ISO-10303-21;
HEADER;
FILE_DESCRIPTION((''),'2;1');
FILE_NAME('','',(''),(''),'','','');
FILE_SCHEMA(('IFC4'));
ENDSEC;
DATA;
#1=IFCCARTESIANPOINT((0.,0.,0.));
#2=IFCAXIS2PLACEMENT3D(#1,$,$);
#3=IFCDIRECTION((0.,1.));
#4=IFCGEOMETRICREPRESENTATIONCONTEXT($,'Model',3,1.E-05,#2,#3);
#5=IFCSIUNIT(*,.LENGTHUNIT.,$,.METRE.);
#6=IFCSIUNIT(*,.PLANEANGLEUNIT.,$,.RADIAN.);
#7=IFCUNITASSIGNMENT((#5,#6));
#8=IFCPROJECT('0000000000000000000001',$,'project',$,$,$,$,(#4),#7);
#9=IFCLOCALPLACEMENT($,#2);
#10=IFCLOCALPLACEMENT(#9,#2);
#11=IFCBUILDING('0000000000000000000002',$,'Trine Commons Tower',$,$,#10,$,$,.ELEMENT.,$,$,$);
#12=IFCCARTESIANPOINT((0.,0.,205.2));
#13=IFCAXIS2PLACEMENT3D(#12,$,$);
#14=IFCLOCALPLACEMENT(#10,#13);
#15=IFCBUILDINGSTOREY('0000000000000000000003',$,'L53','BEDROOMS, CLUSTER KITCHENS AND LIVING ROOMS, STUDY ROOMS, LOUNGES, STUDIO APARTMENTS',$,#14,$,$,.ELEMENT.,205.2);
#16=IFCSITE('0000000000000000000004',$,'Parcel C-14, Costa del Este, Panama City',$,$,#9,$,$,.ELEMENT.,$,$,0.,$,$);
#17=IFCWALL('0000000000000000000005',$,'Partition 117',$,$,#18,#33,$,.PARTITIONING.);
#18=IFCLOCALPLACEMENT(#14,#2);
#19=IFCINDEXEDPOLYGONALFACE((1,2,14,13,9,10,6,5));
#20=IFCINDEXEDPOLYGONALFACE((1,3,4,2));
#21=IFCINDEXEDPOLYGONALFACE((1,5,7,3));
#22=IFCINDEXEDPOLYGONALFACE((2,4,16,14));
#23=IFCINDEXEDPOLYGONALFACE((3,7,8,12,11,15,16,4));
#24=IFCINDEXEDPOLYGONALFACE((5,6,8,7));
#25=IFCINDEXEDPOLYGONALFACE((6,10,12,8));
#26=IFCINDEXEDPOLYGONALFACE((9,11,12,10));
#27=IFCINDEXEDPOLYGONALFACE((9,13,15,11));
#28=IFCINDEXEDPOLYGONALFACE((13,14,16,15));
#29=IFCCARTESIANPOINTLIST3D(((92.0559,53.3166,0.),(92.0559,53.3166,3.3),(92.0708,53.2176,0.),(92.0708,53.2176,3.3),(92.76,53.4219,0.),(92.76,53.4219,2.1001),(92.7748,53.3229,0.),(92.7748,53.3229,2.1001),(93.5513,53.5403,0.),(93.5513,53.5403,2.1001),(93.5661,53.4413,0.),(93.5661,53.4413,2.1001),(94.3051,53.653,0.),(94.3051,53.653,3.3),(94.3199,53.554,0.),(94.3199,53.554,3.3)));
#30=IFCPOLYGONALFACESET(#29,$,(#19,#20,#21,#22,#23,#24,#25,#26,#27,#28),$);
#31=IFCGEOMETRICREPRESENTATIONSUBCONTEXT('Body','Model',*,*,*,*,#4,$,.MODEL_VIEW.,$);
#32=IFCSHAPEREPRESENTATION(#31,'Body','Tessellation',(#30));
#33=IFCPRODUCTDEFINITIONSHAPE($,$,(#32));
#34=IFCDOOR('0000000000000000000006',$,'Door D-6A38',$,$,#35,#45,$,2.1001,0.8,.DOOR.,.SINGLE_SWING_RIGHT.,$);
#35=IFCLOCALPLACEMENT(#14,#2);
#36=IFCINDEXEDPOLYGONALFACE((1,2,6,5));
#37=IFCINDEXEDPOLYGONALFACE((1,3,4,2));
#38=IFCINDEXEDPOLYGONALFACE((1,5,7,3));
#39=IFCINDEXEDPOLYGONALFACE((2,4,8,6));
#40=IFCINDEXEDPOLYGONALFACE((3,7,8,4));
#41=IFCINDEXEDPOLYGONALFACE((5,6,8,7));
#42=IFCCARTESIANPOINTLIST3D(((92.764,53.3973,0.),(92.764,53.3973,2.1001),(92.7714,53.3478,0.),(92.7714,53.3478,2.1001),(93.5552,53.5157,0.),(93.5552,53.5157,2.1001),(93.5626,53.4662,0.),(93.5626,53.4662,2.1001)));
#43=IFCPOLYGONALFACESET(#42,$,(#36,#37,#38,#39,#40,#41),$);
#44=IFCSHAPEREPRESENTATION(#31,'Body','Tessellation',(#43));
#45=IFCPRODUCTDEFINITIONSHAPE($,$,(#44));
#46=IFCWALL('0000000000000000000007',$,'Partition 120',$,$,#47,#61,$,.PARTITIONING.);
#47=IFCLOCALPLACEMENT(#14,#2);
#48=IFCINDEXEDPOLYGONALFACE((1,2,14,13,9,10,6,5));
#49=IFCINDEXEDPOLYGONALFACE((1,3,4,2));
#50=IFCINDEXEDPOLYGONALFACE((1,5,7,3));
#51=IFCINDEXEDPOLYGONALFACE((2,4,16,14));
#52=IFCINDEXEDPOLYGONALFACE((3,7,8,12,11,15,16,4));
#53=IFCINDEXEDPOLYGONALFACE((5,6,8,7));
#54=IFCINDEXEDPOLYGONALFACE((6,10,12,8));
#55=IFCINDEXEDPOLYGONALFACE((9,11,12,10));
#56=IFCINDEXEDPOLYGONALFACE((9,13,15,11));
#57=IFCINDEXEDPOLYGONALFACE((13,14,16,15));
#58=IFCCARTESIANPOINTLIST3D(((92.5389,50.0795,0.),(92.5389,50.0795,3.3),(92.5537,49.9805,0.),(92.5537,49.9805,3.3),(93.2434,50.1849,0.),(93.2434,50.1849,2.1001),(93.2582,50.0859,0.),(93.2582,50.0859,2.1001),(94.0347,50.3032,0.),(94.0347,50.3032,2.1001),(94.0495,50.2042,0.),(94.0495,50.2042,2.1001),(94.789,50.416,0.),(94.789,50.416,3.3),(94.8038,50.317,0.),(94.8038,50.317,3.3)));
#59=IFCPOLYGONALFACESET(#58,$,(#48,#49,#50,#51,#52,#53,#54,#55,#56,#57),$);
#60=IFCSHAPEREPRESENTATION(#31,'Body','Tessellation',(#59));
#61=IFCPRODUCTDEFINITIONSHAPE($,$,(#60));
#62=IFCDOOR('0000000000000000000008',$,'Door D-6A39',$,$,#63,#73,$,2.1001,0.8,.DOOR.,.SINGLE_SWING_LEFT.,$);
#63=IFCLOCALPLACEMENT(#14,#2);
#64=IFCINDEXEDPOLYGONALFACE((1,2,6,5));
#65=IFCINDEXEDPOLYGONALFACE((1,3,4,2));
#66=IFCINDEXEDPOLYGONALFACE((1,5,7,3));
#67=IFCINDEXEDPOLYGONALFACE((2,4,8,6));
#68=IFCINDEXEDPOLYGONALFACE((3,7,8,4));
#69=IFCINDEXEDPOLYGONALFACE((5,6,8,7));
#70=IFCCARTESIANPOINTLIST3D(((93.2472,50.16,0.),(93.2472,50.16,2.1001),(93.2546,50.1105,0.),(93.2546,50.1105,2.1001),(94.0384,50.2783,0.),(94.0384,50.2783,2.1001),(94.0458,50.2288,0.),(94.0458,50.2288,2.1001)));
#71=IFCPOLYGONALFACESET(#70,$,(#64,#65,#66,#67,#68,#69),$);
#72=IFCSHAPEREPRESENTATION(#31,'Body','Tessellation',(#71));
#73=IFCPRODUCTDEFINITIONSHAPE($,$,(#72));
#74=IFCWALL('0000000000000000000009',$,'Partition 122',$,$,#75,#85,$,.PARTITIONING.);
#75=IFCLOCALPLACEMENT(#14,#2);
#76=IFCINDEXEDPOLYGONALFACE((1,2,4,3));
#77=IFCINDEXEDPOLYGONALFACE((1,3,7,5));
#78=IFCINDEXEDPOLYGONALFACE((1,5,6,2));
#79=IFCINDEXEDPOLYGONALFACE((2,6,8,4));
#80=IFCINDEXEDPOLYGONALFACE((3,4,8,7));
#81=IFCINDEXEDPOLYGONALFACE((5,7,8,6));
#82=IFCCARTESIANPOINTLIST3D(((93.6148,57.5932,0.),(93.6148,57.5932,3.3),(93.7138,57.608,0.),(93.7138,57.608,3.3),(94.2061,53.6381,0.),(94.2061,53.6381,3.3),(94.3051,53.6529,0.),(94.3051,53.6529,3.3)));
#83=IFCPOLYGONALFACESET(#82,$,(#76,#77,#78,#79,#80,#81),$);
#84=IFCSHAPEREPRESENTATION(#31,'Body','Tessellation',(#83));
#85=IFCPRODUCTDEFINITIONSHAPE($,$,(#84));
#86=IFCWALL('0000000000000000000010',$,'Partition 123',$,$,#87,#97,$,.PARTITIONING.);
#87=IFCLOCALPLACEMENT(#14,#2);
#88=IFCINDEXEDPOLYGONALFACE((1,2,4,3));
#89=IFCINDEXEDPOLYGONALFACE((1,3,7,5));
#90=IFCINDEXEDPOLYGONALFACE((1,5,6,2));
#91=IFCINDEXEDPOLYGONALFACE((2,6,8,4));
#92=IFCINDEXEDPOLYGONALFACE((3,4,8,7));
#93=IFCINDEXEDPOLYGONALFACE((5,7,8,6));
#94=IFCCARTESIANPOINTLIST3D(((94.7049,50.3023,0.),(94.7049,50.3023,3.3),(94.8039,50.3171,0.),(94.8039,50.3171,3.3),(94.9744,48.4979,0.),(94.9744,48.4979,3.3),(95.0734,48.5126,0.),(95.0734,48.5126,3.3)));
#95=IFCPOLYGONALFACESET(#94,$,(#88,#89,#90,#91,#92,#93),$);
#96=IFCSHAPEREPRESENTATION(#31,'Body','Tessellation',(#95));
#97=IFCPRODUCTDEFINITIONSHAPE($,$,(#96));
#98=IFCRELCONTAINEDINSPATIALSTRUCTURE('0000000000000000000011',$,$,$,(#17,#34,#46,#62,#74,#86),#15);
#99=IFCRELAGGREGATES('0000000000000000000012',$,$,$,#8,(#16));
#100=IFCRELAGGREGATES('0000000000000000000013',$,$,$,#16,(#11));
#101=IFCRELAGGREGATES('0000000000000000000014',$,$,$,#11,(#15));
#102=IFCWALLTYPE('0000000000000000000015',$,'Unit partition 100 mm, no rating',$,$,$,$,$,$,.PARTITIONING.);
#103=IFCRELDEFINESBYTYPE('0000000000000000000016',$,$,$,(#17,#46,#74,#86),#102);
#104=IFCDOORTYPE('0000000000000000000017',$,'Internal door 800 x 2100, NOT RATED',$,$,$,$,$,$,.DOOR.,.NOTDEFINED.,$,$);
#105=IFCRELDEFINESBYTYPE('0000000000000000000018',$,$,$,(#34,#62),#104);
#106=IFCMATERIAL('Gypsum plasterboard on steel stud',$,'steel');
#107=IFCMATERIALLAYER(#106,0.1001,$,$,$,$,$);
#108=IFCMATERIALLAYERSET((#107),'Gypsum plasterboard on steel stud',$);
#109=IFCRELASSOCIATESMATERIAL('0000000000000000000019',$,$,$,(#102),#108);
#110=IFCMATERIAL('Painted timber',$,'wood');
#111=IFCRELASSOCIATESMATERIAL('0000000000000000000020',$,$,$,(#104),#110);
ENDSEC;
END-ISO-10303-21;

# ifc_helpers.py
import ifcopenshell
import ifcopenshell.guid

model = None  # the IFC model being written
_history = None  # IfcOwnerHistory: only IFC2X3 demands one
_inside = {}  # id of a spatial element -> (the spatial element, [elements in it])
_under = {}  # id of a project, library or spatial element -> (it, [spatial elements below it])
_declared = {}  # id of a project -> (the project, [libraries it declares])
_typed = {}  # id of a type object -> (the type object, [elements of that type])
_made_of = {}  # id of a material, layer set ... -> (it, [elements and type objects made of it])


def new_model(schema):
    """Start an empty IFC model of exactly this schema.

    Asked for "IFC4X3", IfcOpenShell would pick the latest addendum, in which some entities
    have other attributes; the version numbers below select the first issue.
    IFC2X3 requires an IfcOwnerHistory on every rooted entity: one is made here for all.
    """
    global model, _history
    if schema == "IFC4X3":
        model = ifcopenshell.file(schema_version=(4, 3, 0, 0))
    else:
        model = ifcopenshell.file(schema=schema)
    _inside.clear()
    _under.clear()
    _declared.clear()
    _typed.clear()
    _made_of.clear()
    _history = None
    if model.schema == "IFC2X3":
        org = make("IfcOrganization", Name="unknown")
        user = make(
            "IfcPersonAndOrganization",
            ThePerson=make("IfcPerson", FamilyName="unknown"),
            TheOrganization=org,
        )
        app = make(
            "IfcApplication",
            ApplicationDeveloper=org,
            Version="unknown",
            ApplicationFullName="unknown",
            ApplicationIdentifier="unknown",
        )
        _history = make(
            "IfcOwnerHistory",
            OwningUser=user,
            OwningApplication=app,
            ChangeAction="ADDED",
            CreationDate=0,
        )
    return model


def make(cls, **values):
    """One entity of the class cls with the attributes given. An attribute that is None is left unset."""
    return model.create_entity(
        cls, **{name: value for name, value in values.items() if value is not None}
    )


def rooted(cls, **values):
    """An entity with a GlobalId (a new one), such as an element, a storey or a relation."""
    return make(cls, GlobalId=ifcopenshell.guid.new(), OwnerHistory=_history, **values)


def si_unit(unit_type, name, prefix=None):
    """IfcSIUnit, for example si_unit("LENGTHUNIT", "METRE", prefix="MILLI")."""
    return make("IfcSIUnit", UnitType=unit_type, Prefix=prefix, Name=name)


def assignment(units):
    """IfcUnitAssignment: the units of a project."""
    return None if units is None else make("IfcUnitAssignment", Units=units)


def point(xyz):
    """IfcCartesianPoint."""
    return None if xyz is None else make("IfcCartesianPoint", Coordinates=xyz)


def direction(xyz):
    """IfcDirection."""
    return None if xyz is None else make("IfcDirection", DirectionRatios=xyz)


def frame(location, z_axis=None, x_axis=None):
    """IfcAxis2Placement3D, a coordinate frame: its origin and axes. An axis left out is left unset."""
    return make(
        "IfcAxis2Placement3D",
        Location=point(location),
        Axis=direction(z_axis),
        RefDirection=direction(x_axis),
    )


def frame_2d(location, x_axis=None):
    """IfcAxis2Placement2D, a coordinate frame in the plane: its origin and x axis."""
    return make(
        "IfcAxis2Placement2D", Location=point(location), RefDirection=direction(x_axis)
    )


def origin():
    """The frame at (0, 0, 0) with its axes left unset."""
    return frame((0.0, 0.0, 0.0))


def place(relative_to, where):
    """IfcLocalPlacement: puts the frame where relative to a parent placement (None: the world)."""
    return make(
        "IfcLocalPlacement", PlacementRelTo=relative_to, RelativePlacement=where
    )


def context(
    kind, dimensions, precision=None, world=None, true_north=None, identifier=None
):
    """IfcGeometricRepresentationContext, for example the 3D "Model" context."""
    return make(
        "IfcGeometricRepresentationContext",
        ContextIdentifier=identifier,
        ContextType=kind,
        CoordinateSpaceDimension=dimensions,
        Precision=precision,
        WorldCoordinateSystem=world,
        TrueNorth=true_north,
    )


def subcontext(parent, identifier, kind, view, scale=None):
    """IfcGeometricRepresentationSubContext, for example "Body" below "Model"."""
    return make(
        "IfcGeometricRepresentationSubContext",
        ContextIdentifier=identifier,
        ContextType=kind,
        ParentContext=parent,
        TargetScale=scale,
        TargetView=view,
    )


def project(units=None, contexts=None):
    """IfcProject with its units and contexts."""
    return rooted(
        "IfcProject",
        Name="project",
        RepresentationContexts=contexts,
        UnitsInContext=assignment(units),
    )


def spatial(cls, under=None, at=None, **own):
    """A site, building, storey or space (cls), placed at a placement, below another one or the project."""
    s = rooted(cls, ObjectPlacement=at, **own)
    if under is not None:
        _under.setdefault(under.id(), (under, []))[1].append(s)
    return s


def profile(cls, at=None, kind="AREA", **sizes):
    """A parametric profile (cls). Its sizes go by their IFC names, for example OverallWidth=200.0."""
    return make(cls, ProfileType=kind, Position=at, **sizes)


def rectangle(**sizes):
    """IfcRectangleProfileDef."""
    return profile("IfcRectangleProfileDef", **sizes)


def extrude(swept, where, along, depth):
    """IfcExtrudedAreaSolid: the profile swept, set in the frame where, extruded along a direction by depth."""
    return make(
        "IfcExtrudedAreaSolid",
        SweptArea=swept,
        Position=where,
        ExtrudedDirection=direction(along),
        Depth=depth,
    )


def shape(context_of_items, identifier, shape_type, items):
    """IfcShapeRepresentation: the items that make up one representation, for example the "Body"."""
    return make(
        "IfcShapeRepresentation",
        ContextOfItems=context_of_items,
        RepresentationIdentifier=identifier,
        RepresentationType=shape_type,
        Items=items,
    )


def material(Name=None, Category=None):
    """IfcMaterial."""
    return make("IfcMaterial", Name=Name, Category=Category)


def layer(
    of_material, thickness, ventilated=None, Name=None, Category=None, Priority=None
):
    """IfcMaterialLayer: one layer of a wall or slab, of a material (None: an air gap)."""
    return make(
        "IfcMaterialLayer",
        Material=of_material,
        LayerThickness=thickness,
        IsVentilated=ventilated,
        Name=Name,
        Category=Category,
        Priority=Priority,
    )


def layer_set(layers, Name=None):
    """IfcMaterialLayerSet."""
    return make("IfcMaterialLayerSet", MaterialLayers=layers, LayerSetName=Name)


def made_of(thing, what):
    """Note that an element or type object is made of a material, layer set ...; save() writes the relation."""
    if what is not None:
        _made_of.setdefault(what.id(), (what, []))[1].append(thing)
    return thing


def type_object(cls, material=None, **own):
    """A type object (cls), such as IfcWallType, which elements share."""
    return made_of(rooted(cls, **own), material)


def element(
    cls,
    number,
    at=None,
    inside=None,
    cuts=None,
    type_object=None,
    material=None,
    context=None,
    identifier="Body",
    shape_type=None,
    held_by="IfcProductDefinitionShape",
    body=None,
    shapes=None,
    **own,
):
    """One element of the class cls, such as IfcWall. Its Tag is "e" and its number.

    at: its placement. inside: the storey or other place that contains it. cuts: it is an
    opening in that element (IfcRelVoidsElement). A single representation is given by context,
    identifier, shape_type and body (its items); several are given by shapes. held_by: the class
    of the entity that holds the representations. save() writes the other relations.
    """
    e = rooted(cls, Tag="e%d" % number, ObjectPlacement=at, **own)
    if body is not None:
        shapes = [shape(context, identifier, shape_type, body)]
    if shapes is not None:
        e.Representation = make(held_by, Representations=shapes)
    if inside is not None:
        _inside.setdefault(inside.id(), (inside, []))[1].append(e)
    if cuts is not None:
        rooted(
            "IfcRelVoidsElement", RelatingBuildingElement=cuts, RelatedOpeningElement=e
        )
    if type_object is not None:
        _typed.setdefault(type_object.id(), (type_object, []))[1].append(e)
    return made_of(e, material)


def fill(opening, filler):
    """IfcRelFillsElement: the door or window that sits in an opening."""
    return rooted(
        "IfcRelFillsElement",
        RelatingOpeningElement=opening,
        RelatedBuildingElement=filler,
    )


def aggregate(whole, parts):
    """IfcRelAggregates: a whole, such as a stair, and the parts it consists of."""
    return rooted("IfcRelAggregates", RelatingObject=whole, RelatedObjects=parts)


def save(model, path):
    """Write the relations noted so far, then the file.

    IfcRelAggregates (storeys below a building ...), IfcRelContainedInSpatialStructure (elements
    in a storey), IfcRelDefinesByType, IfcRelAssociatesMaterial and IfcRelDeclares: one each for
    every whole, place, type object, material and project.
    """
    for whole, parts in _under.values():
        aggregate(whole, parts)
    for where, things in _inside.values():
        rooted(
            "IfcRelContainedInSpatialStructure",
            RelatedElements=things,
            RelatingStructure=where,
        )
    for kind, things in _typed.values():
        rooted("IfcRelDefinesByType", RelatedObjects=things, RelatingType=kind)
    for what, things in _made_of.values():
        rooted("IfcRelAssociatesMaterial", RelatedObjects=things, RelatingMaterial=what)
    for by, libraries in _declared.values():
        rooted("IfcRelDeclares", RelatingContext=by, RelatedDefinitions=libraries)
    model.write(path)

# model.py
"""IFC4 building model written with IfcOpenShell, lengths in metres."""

from ifc_helpers import new_model, si_unit, direction, frame, frame_2d, origin, place, context, subcontext, project, spatial, rectangle, extrude, material, layer, layer_set, type_object, element, fill, save


model = new_model("IFC4")

# Units and contexts
model_context = context("Model", 3, precision=1e-05, world=origin(), true_north=direction((0.0, 1.0)))
body_context = subcontext(model_context, "Body", "Model", "MODEL_VIEW")
ifc_project = project(units=[si_unit("LENGTHUNIT", "METRE"), si_unit("PLANEANGLEUNIT", "RADIAN")], contexts=[model_context])

# Site, building, storey
site_placement = place(None, origin())
site = spatial("IfcSite", under=ifc_project, at=site_placement, Name="Parcel C-14, Costa del Este, Panama City", CompositionType="ELEMENT", RefElevation=0.0)
building_placement = place(site_placement, origin())
building = spatial("IfcBuilding", under=site, at=building_placement, Name="Trine Commons Tower", CompositionType="ELEMENT")
storey_placement = place(building_placement, frame((0.0, 0.0, 205.2)))
storey = spatial("IfcBuildingStorey", under=building, at=storey_placement, Name="L53", Description="BEDROOMS, CLUSTER KITCHENS AND LIVING ROOMS, STUDY ROOMS, LOUNGES, STUDIO APARTMENTS", CompositionType="ELEMENT", Elevation=205.2)

# Shared definitions
ifc_material_1 = material(Name="Gypsum plasterboard on steel stud", Category="steel")

# Walls, openings, doors
ifc_layer_1 = layer(ifc_material_1, 0.1001)
ifc_layer_set_1 = layer_set([ifc_layer_1], Name="Gypsum plasterboard on steel stud")
wall_type_1 = type_object("IfcWallType", Name="Unit partition 100 mm, no rating", PredefinedType="PARTITIONING", material=ifc_layer_set_1)
ifc_material_2 = material(Name="Painted timber", Category="wood")
door_type_1 = type_object("IfcDoorType", Name="Internal door 800 x 2100, NOT RATED", OperationType="NOTDEFINED", PredefinedType="DOOR", material=ifc_material_2)
wall_1_placement = place(storey_placement, frame((92.0632, 53.2671, 0.0), z_axis=(0.0, 0.0, 1.0), x_axis=(0.988998, 0.147926, 0.0)))
wall_1 = element("IfcWall", 1, at=wall_1_placement, inside=storey, type_object=wall_type_1, Name="Partition 117", PredefinedType="PARTITIONING", context=body_context, shape_type="SweptSolid", body=[
    extrude(rectangle(XDim=2.2742, YDim=0.1001, at=frame_2d((1.1372, 0.0))), origin(), (0.0, 0.0, 1.0), 3.3),
])
opening_1_placement = place(wall_1_placement, frame((0.7122, 0.0, 0.0)))
opening_1 = element("IfcOpeningElement", 2, at=opening_1_placement, cuts=wall_1, PredefinedType="OPENING", context=body_context, shape_type="SweptSolid", body=[
    extrude(rectangle(XDim=0.8, YDim=2.1001, at=frame_2d((0.3999, 1.05))), frame((0.0, 0.0601, 0.0), z_axis=(0.0, -1.0, 0.0), x_axis=(1.0, 0.0, 0.0)), (0.0, 0.0, 1.0), 0.1201),
])
door_1_placement = place(opening_1_placement, frame((0.8, 0.0, 0.0), z_axis=(0.0, 0.0, 1.0), x_axis=(-1.0, 0.0, 0.0)))
door_1 = element("IfcDoor", 3, at=door_1_placement, inside=storey, type_object=door_type_1, Name="Door D-6A38", OperationType="SINGLE_SWING_RIGHT", OverallHeight=2.1001, OverallWidth=0.8, PredefinedType="DOOR", context=body_context, shape_type="SweptSolid", body=[
    extrude(rectangle(XDim=0.8, YDim=2.1001, at=frame_2d((0.3999, 1.05))), frame((0.0, 0.0249, 0.0), z_axis=(0.0, -1.0, 0.0), x_axis=(1.0, 0.0, 0.0)), (0.0, 0.0, 1.0), 0.05),
])
fill(opening_1, door_1)
wall_2_placement = place(storey_placement, frame((92.5461, 50.03, 0.0), z_axis=(0.0, 0.0, 1.0), x_axis=(0.989008, 0.147863, 0.0)))
wall_2 = element("IfcWall", 4, at=wall_2_placement, inside=storey, type_object=wall_type_1, Name="Partition 120", PredefinedType="PARTITIONING", context=body_context, shape_type="SweptSolid", body=[
    extrude(rectangle(XDim=2.2751, YDim=0.1001, at=frame_2d((1.1377, 0.0))), origin(), (0.0, 0.0, 1.0), 3.3),
])
opening_2_placement = place(wall_2_placement, frame((0.7126, 0.0, 0.0)))
opening_2 = element("IfcOpeningElement", 5, at=opening_2_placement, cuts=wall_2, PredefinedType="OPENING", context=body_context, shape_type="SweptSolid", body=[
    extrude(rectangle(XDim=0.8, YDim=2.1001, at=frame_2d((0.3999, 1.05))), frame((0.0, 0.0601, 0.0), z_axis=(0.0, -1.0, 0.0), x_axis=(1.0, 0.0, 0.0)), (0.0, 0.0, 1.0), 0.1201),
])
door_2_placement = place(opening_2_placement, origin())
door_2 = element("IfcDoor", 6, at=door_2_placement, inside=storey, type_object=door_type_1, Name="Door D-6A39", OperationType="SINGLE_SWING_LEFT", OverallHeight=2.1001, OverallWidth=0.8, PredefinedType="DOOR", context=body_context, shape_type="SweptSolid", body=[
    extrude(rectangle(XDim=0.8, YDim=2.1001, at=frame_2d((0.3999, 1.05))), frame((0.0, 0.0249, 0.0), z_axis=(0.0, -1.0, 0.0), x_axis=(1.0, 0.0, 0.0)), (0.0, 0.0, 1.0), 0.05),
])
fill(opening_2, door_2)

# Walls
wall_3_placement = place(storey_placement, frame((93.6643, 57.6006, 0.0), z_axis=(0.0, 0.0, 1.0), x_axis=(0.147863, -0.989008, 0.0)))
element("IfcWall", 7, at=wall_3_placement, inside=storey, type_object=wall_type_1, Name="Partition 122", PredefinedType="PARTITIONING", context=body_context, shape_type="SweptSolid", body=[
    extrude(rectangle(XDim=3.999, YDim=0.1001, at=frame_2d((1.9995, 0.0))), origin(), (0.0, 0.0, 1.0), 3.3),
])
wall_4_placement = place(storey_placement, frame((94.7544, 50.3096, 0.0), z_axis=(0.0, 0.0, 1.0), x_axis=(0.147732, -0.989027, 0.0)))
element("IfcWall", 8, at=wall_4_placement, inside=storey, type_object=wall_type_1, Name="Partition 123", PredefinedType="PARTITIONING", context=body_context, shape_type="SweptSolid", body=[
    extrude(rectangle(XDim=1.8245, YDim=0.1001, at=frame_2d((0.9121, 0.0))), origin(), (0.0, 0.0, 1.0), 3.3),
])

save(model, "model.ifc")
